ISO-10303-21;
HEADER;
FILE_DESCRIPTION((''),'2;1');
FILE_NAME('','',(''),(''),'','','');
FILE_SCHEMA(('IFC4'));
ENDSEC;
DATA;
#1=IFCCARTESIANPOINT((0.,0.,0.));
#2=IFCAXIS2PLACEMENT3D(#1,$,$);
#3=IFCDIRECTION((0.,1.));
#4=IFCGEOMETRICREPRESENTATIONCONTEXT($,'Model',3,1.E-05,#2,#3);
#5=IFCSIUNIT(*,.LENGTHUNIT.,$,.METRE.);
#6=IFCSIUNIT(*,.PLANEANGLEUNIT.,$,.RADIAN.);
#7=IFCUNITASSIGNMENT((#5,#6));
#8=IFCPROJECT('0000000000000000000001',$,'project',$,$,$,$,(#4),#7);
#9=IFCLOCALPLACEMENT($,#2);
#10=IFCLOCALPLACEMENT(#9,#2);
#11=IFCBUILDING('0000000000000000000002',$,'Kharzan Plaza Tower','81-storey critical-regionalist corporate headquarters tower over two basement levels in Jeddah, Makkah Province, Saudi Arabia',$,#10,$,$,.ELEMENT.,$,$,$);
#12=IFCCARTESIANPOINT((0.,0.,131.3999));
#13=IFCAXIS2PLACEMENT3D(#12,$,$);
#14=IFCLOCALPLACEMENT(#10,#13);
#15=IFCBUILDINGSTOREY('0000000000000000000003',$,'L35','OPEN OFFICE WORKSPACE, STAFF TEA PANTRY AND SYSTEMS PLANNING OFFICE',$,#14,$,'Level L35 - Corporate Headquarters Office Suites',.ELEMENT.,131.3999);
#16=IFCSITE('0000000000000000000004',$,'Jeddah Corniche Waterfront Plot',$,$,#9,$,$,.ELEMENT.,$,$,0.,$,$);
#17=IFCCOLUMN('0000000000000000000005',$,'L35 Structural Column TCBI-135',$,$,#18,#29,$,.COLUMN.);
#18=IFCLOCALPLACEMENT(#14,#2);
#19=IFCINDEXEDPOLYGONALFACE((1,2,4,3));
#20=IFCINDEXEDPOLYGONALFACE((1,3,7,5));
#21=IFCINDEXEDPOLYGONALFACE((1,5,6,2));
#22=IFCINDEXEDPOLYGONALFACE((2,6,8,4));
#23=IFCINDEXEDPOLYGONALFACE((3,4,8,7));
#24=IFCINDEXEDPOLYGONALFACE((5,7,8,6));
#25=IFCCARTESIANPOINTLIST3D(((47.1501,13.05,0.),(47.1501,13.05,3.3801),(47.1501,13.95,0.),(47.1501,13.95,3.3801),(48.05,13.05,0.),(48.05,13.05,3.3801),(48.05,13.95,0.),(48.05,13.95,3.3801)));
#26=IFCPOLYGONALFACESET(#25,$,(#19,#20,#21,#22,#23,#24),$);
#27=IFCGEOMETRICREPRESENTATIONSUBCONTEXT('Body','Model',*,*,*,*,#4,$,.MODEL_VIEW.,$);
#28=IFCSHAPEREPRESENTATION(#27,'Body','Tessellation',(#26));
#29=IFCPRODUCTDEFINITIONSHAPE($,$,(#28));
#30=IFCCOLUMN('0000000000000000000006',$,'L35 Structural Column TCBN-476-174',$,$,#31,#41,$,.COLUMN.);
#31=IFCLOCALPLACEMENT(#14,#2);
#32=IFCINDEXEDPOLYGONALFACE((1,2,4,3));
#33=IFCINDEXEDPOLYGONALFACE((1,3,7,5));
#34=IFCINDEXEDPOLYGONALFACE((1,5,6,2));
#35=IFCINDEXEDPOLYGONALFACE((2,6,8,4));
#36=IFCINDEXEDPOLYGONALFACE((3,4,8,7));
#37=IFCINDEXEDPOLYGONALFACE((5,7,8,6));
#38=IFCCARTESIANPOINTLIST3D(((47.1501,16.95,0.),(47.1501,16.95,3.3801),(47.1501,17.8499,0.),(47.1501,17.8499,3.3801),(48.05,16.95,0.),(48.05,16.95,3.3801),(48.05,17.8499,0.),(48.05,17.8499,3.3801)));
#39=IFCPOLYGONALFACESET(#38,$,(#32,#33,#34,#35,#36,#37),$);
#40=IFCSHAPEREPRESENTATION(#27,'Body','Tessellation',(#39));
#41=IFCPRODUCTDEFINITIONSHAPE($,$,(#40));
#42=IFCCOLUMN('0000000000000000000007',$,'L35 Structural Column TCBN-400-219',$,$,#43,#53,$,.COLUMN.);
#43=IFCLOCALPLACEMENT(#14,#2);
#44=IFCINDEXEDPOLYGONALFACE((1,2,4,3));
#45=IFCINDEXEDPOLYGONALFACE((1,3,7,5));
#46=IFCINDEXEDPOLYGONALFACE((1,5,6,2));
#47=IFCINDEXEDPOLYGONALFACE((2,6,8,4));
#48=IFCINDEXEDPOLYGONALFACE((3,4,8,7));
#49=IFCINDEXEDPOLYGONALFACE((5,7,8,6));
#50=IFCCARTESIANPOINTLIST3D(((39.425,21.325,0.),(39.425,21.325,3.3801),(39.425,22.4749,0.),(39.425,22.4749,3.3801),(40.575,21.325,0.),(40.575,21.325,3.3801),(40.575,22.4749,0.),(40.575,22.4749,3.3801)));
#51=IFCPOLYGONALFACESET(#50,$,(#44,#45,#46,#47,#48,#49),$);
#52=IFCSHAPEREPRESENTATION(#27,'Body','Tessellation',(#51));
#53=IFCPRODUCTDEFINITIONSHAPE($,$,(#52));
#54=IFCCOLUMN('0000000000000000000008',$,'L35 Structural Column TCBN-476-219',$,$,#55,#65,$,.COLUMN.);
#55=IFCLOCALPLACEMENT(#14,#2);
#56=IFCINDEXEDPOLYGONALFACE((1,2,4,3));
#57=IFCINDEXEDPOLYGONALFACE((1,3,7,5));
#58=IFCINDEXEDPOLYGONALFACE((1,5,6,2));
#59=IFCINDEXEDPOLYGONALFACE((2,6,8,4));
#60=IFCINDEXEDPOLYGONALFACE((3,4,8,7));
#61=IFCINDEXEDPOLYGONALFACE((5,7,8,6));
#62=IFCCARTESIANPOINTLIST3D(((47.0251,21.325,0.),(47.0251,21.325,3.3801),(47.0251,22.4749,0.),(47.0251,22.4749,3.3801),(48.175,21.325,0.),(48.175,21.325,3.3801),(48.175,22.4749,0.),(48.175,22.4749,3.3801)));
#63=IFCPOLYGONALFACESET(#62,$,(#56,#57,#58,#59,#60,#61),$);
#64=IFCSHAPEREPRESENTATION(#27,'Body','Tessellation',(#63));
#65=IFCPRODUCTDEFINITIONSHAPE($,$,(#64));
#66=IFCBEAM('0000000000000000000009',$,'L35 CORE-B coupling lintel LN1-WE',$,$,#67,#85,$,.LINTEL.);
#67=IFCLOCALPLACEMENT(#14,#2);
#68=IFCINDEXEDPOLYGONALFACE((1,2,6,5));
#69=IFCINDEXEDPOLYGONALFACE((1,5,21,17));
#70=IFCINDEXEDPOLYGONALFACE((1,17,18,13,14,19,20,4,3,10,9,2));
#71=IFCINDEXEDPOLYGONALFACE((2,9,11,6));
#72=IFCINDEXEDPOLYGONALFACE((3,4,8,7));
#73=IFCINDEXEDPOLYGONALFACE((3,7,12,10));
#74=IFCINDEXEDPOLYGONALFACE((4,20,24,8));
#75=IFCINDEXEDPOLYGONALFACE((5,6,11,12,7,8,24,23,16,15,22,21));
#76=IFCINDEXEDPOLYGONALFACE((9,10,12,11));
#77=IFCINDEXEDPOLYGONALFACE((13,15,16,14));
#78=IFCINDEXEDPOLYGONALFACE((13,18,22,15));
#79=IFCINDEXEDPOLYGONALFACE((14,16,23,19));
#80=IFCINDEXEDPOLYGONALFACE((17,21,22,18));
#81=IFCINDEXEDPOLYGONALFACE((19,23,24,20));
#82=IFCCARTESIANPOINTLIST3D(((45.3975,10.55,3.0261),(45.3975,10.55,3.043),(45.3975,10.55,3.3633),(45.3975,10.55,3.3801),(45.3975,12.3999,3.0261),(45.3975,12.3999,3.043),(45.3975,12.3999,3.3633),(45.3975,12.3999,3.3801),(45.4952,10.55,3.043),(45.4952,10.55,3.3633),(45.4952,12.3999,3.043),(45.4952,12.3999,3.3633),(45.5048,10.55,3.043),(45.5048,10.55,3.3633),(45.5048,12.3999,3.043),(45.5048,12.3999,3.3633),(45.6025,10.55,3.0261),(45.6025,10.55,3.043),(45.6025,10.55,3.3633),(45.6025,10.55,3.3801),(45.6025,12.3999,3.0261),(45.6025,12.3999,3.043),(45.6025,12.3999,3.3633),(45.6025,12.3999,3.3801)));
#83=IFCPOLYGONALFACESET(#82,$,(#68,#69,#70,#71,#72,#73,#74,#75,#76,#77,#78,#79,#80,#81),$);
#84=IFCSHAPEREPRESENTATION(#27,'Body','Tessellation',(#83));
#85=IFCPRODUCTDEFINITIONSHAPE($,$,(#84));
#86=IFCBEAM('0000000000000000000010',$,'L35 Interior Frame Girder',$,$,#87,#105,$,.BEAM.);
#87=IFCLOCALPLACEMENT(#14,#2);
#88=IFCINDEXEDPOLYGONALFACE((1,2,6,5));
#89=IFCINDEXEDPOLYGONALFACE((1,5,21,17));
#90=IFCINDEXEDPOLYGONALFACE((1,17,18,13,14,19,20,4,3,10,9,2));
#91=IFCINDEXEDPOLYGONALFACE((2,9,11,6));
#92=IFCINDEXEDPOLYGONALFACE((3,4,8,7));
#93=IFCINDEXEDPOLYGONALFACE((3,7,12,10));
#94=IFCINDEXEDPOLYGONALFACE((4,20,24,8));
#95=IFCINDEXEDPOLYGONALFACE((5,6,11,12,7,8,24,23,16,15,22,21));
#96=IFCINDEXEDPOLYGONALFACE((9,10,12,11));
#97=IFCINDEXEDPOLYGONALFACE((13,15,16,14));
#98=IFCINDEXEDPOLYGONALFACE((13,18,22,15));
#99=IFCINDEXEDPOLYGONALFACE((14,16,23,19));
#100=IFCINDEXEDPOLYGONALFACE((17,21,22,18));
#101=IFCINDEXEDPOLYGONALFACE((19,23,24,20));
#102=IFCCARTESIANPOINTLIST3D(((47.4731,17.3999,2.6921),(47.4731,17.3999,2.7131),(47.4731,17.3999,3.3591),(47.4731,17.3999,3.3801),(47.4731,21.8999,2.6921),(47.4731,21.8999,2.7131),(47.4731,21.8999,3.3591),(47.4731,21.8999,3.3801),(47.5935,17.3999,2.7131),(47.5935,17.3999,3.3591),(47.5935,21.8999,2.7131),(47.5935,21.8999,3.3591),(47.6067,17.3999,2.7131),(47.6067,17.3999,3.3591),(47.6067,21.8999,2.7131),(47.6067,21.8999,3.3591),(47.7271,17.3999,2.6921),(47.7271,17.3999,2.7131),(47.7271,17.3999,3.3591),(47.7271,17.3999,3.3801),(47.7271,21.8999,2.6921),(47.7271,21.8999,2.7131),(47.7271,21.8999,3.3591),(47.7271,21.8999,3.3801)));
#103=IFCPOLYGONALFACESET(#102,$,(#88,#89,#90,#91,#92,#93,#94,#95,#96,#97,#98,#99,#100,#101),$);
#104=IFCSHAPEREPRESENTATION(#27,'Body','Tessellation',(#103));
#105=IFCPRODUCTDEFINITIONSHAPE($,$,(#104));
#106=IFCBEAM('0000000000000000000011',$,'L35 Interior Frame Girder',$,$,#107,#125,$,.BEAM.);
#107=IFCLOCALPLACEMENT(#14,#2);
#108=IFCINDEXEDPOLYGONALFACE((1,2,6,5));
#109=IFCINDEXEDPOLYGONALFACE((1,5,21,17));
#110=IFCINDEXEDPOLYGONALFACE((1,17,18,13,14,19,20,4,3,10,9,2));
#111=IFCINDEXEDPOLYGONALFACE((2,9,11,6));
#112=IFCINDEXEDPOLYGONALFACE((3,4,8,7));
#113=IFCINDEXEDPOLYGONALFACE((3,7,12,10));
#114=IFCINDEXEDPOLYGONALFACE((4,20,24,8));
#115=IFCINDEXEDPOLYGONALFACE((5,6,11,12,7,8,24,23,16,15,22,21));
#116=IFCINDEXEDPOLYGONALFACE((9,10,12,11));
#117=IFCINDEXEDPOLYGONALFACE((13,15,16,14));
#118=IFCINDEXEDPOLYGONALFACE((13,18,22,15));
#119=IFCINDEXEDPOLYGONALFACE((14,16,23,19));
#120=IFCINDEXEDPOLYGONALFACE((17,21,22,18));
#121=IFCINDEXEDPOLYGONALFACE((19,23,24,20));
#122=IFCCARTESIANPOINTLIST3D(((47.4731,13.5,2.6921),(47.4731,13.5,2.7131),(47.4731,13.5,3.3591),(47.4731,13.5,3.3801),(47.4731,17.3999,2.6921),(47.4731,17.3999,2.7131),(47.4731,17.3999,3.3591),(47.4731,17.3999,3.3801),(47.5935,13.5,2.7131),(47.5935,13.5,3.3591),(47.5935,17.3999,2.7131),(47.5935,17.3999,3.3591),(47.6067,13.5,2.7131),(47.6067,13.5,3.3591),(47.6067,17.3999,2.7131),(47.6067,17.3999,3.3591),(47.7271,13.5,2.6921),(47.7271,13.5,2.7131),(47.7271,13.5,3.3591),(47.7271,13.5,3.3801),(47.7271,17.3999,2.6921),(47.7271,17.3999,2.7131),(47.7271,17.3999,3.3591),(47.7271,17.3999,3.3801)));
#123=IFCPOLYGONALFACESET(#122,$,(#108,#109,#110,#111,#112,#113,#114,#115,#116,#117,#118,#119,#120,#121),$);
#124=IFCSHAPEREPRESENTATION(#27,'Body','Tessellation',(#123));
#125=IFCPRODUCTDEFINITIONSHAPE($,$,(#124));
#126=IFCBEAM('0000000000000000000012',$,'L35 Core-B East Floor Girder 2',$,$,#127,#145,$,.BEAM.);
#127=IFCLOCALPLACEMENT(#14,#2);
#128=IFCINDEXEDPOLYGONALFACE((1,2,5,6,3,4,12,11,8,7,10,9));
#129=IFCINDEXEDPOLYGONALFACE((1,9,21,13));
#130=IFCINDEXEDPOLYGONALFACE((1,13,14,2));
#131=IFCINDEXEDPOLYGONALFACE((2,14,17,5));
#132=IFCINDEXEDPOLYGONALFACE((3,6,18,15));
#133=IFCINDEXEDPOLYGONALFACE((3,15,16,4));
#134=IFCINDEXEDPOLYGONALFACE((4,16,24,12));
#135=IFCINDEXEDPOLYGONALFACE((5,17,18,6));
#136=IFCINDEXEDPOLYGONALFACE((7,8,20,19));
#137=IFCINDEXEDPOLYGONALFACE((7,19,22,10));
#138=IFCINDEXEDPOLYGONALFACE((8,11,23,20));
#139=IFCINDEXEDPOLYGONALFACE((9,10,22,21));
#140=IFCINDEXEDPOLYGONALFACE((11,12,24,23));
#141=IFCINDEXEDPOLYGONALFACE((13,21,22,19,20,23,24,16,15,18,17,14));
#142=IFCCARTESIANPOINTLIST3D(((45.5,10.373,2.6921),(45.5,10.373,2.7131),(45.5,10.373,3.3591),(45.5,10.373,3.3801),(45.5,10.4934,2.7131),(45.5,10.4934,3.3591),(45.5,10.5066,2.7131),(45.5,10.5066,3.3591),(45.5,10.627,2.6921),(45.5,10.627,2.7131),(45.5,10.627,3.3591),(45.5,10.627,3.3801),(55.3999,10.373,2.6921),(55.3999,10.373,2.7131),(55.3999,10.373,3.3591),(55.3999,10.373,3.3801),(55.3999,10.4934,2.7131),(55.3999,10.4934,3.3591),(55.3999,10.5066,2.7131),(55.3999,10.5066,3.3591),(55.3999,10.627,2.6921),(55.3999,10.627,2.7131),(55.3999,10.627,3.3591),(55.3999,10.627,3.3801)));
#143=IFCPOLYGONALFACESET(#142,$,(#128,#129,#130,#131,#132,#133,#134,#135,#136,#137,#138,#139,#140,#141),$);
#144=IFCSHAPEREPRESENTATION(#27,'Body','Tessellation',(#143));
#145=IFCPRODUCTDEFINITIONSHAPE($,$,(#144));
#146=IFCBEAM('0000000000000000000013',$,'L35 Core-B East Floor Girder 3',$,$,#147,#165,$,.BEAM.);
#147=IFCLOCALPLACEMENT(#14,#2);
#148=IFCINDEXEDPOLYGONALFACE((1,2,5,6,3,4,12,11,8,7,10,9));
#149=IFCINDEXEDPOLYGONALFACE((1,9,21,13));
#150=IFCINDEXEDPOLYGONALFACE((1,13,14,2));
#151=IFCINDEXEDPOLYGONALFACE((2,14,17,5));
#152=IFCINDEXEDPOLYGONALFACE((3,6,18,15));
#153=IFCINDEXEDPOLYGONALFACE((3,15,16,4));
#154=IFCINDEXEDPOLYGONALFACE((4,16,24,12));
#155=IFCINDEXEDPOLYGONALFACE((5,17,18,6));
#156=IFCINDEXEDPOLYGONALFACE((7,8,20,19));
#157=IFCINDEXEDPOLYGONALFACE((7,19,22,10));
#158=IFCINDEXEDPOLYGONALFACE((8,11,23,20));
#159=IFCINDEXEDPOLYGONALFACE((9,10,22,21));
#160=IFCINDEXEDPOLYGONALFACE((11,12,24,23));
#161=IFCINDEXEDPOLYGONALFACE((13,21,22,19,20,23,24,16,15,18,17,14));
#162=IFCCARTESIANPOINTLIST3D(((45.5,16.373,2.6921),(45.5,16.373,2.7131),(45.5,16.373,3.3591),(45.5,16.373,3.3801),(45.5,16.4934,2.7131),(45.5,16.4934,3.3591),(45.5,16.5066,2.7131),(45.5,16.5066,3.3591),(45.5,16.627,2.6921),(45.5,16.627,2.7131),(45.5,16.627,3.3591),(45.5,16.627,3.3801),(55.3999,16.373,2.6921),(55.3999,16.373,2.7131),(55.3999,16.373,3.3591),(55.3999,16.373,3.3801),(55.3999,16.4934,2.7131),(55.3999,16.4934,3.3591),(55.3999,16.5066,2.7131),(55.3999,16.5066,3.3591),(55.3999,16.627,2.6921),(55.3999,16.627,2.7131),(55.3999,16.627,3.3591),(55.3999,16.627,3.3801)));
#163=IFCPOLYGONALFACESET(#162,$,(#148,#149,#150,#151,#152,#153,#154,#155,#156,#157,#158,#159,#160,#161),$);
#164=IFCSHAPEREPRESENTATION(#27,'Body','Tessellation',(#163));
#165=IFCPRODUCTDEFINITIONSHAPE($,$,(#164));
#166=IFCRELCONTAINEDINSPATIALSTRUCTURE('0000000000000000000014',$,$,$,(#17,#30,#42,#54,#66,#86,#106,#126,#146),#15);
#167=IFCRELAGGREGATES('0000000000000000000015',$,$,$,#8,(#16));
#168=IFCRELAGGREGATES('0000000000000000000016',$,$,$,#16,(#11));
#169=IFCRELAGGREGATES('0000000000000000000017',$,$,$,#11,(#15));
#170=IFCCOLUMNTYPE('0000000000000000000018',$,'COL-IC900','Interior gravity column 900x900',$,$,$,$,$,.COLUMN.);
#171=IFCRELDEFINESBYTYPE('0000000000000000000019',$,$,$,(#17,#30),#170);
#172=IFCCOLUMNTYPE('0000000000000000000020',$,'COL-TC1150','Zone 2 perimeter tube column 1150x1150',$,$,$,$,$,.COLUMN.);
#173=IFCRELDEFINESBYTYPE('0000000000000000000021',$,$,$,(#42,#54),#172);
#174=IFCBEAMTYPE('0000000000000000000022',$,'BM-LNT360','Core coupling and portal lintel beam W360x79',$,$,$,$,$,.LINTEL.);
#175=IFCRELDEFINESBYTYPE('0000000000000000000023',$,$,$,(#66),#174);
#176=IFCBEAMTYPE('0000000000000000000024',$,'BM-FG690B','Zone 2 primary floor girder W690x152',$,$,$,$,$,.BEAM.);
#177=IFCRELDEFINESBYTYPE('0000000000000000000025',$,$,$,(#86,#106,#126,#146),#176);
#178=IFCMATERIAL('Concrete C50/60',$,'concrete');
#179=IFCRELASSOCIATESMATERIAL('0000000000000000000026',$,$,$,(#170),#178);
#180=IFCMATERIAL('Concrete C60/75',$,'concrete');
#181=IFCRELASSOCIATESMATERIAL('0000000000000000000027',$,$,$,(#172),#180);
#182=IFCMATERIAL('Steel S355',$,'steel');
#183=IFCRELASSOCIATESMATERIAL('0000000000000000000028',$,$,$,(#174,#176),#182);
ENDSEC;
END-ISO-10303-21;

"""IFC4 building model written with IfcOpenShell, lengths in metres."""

from ifc_helpers import new_model, si_unit, direction, frame, origin, origin_2d, place, context, subcontext, project, spatial, rectangle, i_section, extrude, source, transform, mapped, material, material_profile, profile_set, type_object, element, save


model = new_model("IFC4")

# Units and contexts
model_context = context("Model", 3, precision=1e-05, world=origin(), true_north=direction((0.0, 1.0)))
body_context = subcontext(model_context, "Body", "Model", "MODEL_VIEW")
ifc_project = project(units=[si_unit("LENGTHUNIT", "METRE"), si_unit("PLANEANGLEUNIT", "RADIAN")], contexts=[model_context])

# Site, building, storey
site_placement = place(None, origin())
site = spatial("IfcSite", under=ifc_project, at=site_placement, Name="Jeddah Corniche Waterfront Plot", CompositionType="ELEMENT", RefElevation=0.0)
building_placement = place(site_placement, origin())
building = spatial("IfcBuilding", under=site, at=building_placement, Name="Kharzan Plaza Tower", Description="81-storey critical-regionalist corporate headquarters tower over two basement levels in Jeddah, Makkah Province, Saudi Arabia", CompositionType="ELEMENT")
storey_placement = place(building_placement, frame((0.0, 0.0, 131.3999)))
storey = spatial("IfcBuildingStorey", under=building, at=storey_placement, Name="L35", Description="OPEN OFFICE WORKSPACE, STAFF TEA PANTRY AND SYSTEMS PLANNING OFFICE", LongName="Level L35 - Corporate Headquarters Office Suites", CompositionType="ELEMENT", Elevation=131.3999)

# Columns
ifc_material_1 = material(Name="Concrete C50/60", Category="concrete")
ifc_material_profile_1 = material_profile(ifc_material_1, rectangle(XDim=0.8999, YDim=0.8999, at=origin_2d()), Name="RC-IC900x900")
ifc_profile_set_1 = profile_set([ifc_material_profile_1], Name="Concrete C50/60")
column_type_1 = type_object("IfcColumnType", Name="COL-IC900", Description="Interior gravity column 900x900", PredefinedType="COLUMN", material=ifc_profile_set_1)
shared_shape_1 = source(origin(), body_context, "Body", "SweptSolid", [
    extrude(rectangle(XDim=0.8999, YDim=0.8999, at=origin_2d()), origin(), (0.0, 0.0, 1.0), 3.3801),
])
for number, where, z_axis, x_axis, name in (
    (1, (47.6001, 13.5, 0.0), (0.0, 0.0, 1.0), (1.0, 0.0, 0.0), "L35 Structural Column TCBI-135"),
    (2, (47.6001, 17.3999, 0.0), (0.0, 0.0, 1.0), (1.0, 0.0, 0.0), "L35 Structural Column TCBN-476-174"),
):
    element("IfcColumn", number, at=place(storey_placement, frame(where, z_axis=z_axis, x_axis=x_axis)), inside=storey, type_object=column_type_1, Name=name, PredefinedType="COLUMN", context=body_context, shape_type="MappedRepresentation", body=[
        mapped(shared_shape_1, transform((0.0, 0.0, 0.0), x_axis=(1.0, 0.0, 0.0), y_axis=(0.0, 1.0, 0.0), z_axis=(0.0, 0.0, 1.0))),
    ])
ifc_material_2 = material(Name="Concrete C60/75", Category="concrete")
ifc_material_profile_2 = material_profile(ifc_material_2, rectangle(XDim=1.1499, YDim=1.1499, at=origin_2d()), Name="RC-TC1150x1150")
ifc_profile_set_2 = profile_set([ifc_material_profile_2], Name="Concrete C60/75")
column_type_2 = type_object("IfcColumnType", Name="COL-TC1150", Description="Zone 2 perimeter tube column 1150x1150", PredefinedType="COLUMN", material=ifc_profile_set_2)
shared_shape_2 = source(origin(), body_context, "Body", "SweptSolid", [
    extrude(rectangle(XDim=1.1499, YDim=1.1499, at=origin_2d()), origin(), (0.0, 0.0, 1.0), 3.3801),
])
for number, where, z_axis, x_axis, name in (
    (3, (40.0, 21.8999, 0.0), (0.0, 0.0, 1.0), (1.0, 0.0, 0.0), "L35 Structural Column TCBN-400-219"),
    (4, (47.6001, 21.8999, 0.0), (0.0, 0.0, 1.0), (1.0, 0.0, 0.0), "L35 Structural Column TCBN-476-219"),
):
    element("IfcColumn", number, at=place(storey_placement, frame(where, z_axis=z_axis, x_axis=x_axis)), inside=storey, type_object=column_type_2, Name=name, PredefinedType="COLUMN", context=body_context, shape_type="MappedRepresentation", body=[
        mapped(shared_shape_2, transform((0.0, 0.0, 0.0), x_axis=(1.0, 0.0, 0.0), y_axis=(0.0, 1.0, 0.0), z_axis=(0.0, 0.0, 1.0))),
    ])

# Beams
ifc_material_3 = material(Name="Steel S355", Category="steel")
ifc_material_profile_3 = material_profile(ifc_material_3, i_section(OverallWidth=0.2051, OverallDepth=0.354, WebThickness=0.0095, FlangeThickness=0.0168, at=origin_2d()), Name="W360x79")
ifc_profile_set_3 = profile_set([ifc_material_profile_3], Name="Steel S355")
beam_type_1 = type_object("IfcBeamType", Name="BM-LNT360", Description="Core coupling and portal lintel beam W360x79", PredefinedType="LINTEL", material=ifc_profile_set_3)
shared_shape_3 = source(origin(), body_context, "Body", "SweptSolid", [
    extrude(i_section(OverallWidth=0.2051, OverallDepth=0.354, WebThickness=0.0095, FlangeThickness=0.0168, at=origin_2d()), origin(), (0.0, 0.0, 1.0), 1.8499),
])
beam_1_placement = place(storey_placement, frame((45.5, 10.55, 3.2031), z_axis=(0.0, 1.0, 0.0), x_axis=(-1.0, 0.0, 0.0)))
element("IfcBeam", 5, at=beam_1_placement, inside=storey, type_object=beam_type_1, Name="L35 CORE-B coupling lintel LN1-WE", PredefinedType="LINTEL", context=body_context, shape_type="MappedRepresentation", body=[
    mapped(shared_shape_3, transform((0.0, 0.0, 0.0), x_axis=(1.0, 0.0, 0.0), y_axis=(0.0, 1.0, 0.0), z_axis=(0.0, 0.0, 1.0))),
])
ifc_material_profile_4 = material_profile(ifc_material_3, i_section(OverallWidth=0.2539, OverallDepth=0.688, WebThickness=0.0132, FlangeThickness=0.021, at=origin_2d()), Name="W690x152")
ifc_profile_set_4 = profile_set([ifc_material_profile_4], Name="Steel S355")
beam_type_2 = type_object("IfcBeamType", Name="BM-FG690B", Description="Zone 2 primary floor girder W690x152", PredefinedType="BEAM", material=ifc_profile_set_4)
shared_shape_4 = source(origin(), body_context, "Body", "SweptSolid", [
    extrude(i_section(OverallWidth=0.2539, OverallDepth=0.688, WebThickness=0.0132, FlangeThickness=0.021, at=origin_2d()), origin(), (0.0, 0.0, 1.0), 4.5),
])
beam_2_placement = place(storey_placement, frame((47.6001, 17.3999, 3.0361), z_axis=(0.0, 1.0, 0.0), x_axis=(-1.0, 0.0, 0.0)))
element("IfcBeam", 6, at=beam_2_placement, inside=storey, type_object=beam_type_2, Name="L35 Interior Frame Girder", PredefinedType="BEAM", context=body_context, shape_type="MappedRepresentation", body=[
    mapped(shared_shape_4, transform((0.0, 0.0, 0.0), x_axis=(1.0, 0.0, 0.0), y_axis=(0.0, 1.0, 0.0), z_axis=(0.0, 0.0, 1.0))),
])
shared_shape_5 = source(origin(), body_context, "Body", "SweptSolid", [
    extrude(i_section(OverallWidth=0.2539, OverallDepth=0.688, WebThickness=0.0132, FlangeThickness=0.021, at=origin_2d()), origin(), (0.0, 0.0, 1.0), 3.8999),
])
beam_3_placement = place(storey_placement, frame((47.6001, 13.5, 3.0361), z_axis=(0.0, 1.0, 0.0), x_axis=(-1.0, 0.0, 0.0)))
element("IfcBeam", 7, at=beam_3_placement, inside=storey, type_object=beam_type_2, Name="L35 Interior Frame Girder", PredefinedType="BEAM", context=body_context, shape_type="MappedRepresentation", body=[
    mapped(shared_shape_5, transform((0.0, 0.0, 0.0), x_axis=(1.0, 0.0, 0.0), y_axis=(0.0, 1.0, 0.0), z_axis=(0.0, 0.0, 1.0))),
])
shared_shape_6 = source(origin(), body_context, "Body", "SweptSolid", [
    extrude(i_section(OverallWidth=0.2539, OverallDepth=0.688, WebThickness=0.0132, FlangeThickness=0.021, at=origin_2d()), origin(), (0.0, 0.0, 1.0), 9.8999),
])
for number, where, z_axis, x_axis, name in (
    (8, (45.5, 10.5, 3.0361), (1.0, 0.0, 0.0), (0.0, 1.0, 0.0), "L35 Core-B East Floor Girder 2"),
    (9, (45.5, 16.5, 3.0361), (1.0, 0.0, 0.0), (0.0, 1.0, 0.0), "L35 Core-B East Floor Girder 3"),
):
    element("IfcBeam", number, at=place(storey_placement, frame(where, z_axis=z_axis, x_axis=x_axis)), inside=storey, type_object=beam_type_2, Name=name, PredefinedType="BEAM", context=body_context, shape_type="MappedRepresentation", body=[
        mapped(shared_shape_6, transform((0.0, 0.0, 0.0), x_axis=(1.0, 0.0, 0.0), y_axis=(0.0, 1.0, 0.0), z_axis=(0.0, 0.0, 1.0))),
    ])

save(model, "model.ifc")
